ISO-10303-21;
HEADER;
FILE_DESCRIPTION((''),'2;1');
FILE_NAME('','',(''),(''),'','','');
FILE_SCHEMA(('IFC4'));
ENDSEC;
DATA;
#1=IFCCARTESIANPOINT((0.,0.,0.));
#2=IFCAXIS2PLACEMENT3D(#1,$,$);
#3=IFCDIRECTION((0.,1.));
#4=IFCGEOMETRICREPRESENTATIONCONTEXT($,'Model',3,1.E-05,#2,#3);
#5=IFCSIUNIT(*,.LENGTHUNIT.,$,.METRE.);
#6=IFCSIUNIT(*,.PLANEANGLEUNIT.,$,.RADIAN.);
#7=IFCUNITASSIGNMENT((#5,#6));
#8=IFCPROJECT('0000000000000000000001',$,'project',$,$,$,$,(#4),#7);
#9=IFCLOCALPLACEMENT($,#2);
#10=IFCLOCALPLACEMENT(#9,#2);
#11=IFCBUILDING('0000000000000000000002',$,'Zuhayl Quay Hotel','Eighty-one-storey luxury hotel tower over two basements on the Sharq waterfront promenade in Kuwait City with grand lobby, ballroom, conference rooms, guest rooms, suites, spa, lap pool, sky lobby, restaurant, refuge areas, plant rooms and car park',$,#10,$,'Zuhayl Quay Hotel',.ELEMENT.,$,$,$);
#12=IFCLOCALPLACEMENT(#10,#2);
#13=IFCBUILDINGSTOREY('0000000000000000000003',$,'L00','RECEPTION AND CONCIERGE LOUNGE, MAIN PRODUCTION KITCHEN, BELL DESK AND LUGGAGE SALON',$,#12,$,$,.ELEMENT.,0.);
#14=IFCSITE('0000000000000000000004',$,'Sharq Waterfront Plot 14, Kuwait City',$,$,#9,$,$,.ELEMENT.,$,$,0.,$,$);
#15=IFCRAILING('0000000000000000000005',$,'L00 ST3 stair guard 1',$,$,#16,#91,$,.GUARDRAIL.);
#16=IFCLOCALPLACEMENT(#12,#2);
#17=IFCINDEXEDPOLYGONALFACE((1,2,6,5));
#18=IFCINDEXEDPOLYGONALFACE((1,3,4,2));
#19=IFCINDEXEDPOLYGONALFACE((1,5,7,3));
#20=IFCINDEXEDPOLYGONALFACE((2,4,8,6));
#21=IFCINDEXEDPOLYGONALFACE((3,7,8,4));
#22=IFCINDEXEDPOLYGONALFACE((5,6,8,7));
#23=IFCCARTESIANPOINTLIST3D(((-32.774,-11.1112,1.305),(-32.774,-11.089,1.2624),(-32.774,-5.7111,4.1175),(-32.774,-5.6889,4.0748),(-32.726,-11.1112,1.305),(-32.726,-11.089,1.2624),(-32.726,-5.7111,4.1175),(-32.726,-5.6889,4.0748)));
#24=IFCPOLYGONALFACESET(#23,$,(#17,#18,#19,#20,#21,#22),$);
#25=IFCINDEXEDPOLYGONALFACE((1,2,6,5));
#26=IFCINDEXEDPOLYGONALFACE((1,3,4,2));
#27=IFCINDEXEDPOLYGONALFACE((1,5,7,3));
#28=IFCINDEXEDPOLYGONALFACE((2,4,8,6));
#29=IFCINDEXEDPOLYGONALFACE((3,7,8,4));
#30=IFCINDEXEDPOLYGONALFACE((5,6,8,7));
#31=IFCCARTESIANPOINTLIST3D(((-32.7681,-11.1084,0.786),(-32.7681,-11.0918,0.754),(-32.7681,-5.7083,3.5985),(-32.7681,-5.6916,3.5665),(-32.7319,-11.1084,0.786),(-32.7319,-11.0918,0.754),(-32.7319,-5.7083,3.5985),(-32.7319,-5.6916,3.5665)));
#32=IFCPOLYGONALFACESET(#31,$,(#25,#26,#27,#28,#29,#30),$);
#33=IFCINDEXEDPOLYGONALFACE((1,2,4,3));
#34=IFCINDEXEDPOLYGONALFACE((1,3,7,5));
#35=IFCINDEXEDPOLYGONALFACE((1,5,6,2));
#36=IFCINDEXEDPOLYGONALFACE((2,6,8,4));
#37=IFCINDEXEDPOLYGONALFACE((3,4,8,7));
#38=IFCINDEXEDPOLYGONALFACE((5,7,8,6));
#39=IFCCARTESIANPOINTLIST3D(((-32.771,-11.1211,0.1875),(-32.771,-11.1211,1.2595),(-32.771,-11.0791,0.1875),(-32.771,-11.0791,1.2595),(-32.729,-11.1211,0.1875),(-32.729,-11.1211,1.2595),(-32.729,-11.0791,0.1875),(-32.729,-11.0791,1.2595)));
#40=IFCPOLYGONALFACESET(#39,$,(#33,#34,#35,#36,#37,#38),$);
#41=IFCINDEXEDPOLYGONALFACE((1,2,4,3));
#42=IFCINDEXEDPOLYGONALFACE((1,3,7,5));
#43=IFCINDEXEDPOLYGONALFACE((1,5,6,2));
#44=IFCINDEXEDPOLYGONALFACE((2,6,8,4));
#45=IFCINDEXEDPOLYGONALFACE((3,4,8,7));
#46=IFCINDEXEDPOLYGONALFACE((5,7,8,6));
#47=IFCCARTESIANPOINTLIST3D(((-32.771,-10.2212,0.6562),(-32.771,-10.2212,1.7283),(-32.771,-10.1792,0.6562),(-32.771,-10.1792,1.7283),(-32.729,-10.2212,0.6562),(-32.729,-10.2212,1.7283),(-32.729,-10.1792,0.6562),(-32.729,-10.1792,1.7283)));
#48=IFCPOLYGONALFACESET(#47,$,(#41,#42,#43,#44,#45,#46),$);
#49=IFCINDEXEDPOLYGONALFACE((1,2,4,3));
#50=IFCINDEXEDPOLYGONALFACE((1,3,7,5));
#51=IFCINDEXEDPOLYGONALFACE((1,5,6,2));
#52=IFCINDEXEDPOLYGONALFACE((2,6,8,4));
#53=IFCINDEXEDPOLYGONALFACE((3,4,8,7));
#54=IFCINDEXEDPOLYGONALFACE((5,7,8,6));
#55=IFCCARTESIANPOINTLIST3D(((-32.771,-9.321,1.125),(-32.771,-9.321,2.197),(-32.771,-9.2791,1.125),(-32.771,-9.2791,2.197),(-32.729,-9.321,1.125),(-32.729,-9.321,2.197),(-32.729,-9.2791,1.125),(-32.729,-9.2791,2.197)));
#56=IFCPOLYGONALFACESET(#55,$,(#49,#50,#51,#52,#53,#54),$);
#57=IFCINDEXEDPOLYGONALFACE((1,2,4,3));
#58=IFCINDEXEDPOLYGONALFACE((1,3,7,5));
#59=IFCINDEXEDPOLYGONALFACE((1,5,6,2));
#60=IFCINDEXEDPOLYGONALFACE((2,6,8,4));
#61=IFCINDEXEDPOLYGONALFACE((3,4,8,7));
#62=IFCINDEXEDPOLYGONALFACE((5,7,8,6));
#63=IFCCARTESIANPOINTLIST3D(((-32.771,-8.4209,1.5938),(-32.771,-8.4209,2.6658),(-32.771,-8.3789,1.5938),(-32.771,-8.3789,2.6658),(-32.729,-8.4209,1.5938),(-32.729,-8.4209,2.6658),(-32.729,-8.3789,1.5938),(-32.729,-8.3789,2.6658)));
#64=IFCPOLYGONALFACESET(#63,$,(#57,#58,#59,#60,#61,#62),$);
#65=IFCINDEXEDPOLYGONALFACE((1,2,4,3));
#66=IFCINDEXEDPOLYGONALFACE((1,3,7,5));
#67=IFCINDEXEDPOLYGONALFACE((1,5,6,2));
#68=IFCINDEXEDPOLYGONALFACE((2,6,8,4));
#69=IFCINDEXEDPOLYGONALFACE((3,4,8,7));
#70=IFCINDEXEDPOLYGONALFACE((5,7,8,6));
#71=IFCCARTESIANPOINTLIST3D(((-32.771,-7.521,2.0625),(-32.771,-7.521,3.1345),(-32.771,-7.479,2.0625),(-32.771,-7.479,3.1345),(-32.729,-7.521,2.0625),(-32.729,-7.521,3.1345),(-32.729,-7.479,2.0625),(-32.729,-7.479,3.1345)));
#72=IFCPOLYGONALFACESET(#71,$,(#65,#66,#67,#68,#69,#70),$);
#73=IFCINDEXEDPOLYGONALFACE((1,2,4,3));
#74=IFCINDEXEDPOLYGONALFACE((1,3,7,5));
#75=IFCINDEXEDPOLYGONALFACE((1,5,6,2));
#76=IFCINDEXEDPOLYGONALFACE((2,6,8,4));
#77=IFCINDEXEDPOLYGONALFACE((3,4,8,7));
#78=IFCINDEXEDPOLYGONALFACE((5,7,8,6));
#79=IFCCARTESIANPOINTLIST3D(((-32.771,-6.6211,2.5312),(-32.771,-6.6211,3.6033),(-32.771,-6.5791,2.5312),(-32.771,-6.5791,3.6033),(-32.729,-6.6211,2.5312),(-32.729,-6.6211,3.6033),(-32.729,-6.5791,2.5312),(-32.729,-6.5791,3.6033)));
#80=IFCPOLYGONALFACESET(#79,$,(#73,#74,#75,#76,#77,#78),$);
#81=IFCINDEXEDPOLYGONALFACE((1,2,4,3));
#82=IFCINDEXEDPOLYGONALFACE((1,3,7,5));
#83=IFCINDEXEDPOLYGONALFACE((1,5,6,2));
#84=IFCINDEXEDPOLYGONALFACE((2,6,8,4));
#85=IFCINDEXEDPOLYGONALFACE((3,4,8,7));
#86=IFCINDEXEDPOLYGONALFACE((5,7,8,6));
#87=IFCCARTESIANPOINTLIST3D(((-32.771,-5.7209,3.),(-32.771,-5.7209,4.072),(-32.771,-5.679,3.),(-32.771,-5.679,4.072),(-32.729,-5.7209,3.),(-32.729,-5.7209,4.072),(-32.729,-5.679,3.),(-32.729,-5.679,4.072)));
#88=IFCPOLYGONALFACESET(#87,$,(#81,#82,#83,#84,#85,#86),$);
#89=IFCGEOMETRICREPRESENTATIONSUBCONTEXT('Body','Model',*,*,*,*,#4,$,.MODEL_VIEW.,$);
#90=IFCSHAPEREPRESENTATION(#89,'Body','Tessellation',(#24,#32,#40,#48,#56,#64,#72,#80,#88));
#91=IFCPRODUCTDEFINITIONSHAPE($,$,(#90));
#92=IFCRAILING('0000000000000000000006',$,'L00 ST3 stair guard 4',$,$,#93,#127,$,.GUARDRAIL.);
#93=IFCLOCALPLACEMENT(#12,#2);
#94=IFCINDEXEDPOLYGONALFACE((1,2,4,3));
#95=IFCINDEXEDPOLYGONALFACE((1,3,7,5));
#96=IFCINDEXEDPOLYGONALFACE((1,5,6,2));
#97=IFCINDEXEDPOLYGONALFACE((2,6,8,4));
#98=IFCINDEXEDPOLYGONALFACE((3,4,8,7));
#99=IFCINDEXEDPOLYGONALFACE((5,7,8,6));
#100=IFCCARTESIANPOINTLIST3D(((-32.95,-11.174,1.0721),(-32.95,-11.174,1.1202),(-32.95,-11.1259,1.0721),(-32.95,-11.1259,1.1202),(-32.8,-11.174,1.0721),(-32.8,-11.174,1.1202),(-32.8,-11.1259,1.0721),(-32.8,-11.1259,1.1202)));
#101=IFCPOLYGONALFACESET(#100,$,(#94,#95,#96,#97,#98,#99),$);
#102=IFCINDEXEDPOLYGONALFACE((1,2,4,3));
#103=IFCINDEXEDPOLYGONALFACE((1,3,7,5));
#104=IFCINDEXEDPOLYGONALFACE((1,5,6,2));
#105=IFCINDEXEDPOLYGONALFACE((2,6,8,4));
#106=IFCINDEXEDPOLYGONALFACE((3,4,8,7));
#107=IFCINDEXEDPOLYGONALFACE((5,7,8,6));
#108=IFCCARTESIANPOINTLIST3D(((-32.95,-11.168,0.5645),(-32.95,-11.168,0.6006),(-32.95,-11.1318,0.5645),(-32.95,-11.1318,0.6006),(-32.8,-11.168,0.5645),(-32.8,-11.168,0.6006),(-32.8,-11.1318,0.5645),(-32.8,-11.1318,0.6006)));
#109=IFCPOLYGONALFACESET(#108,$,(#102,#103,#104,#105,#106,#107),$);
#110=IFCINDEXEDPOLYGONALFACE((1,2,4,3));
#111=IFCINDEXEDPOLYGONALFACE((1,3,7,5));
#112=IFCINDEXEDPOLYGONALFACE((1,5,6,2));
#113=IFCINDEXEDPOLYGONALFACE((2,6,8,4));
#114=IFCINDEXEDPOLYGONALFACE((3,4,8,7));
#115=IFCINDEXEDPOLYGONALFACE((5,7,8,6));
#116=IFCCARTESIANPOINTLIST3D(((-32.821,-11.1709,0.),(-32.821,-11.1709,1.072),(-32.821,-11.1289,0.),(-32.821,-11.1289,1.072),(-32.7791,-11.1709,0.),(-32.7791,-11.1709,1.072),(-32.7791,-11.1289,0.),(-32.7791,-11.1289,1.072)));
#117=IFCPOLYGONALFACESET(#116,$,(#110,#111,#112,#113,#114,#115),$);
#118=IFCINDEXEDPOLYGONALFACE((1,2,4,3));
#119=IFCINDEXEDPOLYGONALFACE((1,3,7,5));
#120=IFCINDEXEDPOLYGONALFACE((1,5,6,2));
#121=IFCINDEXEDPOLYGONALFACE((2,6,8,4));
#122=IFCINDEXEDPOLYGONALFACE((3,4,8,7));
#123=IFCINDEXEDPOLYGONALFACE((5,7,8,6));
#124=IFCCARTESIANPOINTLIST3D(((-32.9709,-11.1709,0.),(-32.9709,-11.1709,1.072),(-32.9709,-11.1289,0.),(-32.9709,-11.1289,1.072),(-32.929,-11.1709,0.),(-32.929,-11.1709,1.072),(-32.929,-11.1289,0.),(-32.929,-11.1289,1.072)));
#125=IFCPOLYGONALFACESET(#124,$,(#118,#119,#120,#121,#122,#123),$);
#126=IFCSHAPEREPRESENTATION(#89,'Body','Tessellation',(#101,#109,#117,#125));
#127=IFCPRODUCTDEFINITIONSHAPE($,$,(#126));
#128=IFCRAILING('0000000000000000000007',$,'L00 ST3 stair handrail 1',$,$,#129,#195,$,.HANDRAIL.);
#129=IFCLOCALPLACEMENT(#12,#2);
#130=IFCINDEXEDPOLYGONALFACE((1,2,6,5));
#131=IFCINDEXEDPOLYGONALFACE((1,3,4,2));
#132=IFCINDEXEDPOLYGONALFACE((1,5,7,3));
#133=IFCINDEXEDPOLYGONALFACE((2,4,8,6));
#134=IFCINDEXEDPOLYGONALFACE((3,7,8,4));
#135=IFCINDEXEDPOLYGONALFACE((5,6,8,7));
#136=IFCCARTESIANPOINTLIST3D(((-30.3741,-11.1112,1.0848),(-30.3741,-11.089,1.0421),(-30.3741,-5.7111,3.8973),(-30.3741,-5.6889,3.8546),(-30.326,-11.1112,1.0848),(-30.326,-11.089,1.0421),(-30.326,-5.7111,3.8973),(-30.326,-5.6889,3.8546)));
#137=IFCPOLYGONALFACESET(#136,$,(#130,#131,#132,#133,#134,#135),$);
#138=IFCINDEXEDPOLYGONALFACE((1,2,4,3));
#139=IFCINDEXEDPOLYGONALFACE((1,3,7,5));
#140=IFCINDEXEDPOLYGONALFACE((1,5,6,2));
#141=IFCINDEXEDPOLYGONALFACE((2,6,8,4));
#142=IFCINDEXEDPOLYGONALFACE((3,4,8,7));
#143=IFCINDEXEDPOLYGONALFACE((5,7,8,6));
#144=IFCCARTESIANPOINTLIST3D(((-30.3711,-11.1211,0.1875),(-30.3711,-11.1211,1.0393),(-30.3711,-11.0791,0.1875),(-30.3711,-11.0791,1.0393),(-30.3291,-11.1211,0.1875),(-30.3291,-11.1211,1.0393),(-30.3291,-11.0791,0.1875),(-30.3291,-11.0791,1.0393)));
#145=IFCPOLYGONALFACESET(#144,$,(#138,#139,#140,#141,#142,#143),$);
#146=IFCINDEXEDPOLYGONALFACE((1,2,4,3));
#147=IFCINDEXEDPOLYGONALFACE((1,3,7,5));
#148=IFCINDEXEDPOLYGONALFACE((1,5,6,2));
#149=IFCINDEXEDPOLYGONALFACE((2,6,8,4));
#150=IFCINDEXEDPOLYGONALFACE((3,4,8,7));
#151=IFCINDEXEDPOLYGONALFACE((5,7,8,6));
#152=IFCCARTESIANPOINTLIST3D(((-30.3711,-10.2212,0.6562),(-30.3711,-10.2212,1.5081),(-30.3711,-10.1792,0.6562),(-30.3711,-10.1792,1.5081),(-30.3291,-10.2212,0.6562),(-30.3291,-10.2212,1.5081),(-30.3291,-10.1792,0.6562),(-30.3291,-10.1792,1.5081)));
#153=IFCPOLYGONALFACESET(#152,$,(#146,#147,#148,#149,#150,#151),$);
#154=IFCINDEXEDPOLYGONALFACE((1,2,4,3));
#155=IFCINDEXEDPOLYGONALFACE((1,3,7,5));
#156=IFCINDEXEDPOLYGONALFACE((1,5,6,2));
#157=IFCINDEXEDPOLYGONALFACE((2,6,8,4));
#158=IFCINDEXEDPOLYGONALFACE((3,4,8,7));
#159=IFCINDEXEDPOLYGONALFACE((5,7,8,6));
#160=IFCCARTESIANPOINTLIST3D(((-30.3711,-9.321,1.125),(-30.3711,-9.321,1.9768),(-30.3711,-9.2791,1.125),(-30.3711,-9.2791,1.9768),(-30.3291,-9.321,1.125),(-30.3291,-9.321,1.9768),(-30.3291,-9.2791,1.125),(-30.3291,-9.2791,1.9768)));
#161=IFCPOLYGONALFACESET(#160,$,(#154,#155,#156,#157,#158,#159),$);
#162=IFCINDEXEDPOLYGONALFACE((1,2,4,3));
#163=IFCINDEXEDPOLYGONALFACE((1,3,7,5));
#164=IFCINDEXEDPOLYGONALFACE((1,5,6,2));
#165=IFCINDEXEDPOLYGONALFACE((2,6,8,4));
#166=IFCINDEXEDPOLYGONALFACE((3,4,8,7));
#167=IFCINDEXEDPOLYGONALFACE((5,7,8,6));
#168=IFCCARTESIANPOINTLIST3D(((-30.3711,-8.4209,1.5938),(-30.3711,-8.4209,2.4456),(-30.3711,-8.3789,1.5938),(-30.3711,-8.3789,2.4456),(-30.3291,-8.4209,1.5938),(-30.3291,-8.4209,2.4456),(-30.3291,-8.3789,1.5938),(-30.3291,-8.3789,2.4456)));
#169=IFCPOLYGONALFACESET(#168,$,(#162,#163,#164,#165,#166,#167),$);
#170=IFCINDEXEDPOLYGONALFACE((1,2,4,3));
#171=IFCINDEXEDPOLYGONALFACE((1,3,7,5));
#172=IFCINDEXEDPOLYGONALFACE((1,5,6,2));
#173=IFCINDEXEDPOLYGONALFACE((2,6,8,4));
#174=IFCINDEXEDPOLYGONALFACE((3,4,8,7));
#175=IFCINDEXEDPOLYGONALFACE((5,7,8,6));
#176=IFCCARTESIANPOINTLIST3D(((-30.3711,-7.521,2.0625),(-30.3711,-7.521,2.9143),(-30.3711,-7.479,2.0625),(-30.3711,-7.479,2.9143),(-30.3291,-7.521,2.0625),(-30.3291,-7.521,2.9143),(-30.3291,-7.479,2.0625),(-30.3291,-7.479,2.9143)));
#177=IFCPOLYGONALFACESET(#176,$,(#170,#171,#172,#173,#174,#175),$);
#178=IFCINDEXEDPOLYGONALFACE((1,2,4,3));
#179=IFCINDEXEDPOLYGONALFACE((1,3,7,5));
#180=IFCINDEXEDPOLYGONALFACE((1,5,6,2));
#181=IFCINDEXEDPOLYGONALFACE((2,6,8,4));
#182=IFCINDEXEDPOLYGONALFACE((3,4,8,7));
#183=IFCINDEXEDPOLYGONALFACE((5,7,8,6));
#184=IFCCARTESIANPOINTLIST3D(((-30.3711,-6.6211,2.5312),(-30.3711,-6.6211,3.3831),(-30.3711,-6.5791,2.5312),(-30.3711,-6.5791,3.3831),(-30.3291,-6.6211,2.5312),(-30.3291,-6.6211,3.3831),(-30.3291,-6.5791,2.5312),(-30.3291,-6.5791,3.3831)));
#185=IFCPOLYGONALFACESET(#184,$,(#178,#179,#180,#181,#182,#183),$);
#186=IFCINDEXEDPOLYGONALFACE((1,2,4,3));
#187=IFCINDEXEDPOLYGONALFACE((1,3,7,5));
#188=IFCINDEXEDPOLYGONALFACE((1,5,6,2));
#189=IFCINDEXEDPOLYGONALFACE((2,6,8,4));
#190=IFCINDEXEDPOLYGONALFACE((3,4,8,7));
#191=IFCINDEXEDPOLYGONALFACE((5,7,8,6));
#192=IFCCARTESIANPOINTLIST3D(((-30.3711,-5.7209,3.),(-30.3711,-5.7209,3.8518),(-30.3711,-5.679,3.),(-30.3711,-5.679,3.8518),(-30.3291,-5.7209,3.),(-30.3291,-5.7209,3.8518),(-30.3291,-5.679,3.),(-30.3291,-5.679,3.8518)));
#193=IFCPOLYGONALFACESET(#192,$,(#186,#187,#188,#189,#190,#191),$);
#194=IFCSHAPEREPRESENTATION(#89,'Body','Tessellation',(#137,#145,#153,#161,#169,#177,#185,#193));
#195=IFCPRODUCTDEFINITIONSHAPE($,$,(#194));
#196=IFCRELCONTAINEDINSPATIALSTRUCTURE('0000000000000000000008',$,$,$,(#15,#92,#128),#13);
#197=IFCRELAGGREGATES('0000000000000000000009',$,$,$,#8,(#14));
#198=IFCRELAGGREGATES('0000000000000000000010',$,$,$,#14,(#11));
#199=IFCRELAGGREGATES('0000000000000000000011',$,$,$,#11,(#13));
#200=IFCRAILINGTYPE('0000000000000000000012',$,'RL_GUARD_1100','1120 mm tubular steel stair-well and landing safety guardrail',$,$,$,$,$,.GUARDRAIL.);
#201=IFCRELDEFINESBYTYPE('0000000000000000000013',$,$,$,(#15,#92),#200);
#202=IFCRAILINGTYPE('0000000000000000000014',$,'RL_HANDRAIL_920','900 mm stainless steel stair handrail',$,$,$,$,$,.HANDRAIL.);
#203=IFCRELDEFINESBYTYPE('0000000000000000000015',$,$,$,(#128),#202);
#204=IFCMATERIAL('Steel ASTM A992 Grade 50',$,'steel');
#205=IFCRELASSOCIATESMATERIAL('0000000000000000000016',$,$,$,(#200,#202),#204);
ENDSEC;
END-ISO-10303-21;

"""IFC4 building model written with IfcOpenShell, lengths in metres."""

from ifc_helpers import new_model, si_unit, direction, frame, origin, origin_2d, place, context, subcontext, project, spatial, rectangle, extrude, material, type_object, element, save


model = new_model("IFC4")

# Units and contexts
model_context = context("Model", 3, precision=1e-05, world=origin(), true_north=direction((0.0, 1.0)))
body_context = subcontext(model_context, "Body", "Model", "MODEL_VIEW")
ifc_project = project(units=[si_unit("LENGTHUNIT", "METRE"), si_unit("PLANEANGLEUNIT", "RADIAN")], contexts=[model_context])

# Site, building, storey
site_placement = place(None, origin())
site = spatial("IfcSite", under=ifc_project, at=site_placement, Name="Sharq Waterfront Plot 14, Kuwait City", CompositionType="ELEMENT", RefElevation=0.0)
building_placement = place(site_placement, origin())
building = spatial("IfcBuilding", under=site, at=building_placement, Name="Zuhayl Quay Hotel", Description="Eighty-one-storey luxury hotel tower over two basements on the Sharq waterfront promenade in Kuwait City with grand lobby, ballroom, conference rooms, guest rooms, suites, spa, lap pool, sky lobby, restaurant, refuge areas, plant rooms and car park", LongName="Zuhayl Quay Hotel", CompositionType="ELEMENT")
storey_placement = place(building_placement, origin())
storey = spatial("IfcBuildingStorey", under=building, at=storey_placement, Name="L00", Description="RECEPTION AND CONCIERGE LOUNGE, MAIN PRODUCTION KITCHEN, BELL DESK AND LUGGAGE SALON", CompositionType="ELEMENT", Elevation=0.0)

# Shared definitions
ifc_material_1 = material(Name="Steel ASTM A992 Grade 50", Category="steel")

# Railings
railing_type_1 = type_object("IfcRailingType", Name="RL_GUARD_1100", Description="1120 mm tubular steel stair-well and landing safety guardrail", PredefinedType="GUARDRAIL", material=ifc_material_1)
railing_1_placement = place(storey_placement, frame((-32.75, -11.1001, 0.1875)))
element("IfcRailing", 1, at=railing_1_placement, inside=storey, type_object=railing_type_1, Name="L00 ST3 stair guard 1", PredefinedType="GUARDRAIL", context=body_context, shape_type="SweptSolid", body=[
    extrude(rectangle(XDim=0.0481, YDim=0.0481, at=origin_2d()), frame((0.0, 0.0, 1.0962), z_axis=(0.0, 0.886919, 0.461925), x_axis=(-1.0, 0.0, 0.0)), (0.0, 0.0, 1.0), 6.0886),
    extrude(rectangle(XDim=0.0361, YDim=0.0361, at=origin_2d()), frame((0.0, 0.0, 0.5825), z_axis=(0.0, 0.886919, 0.461925), x_axis=(-1.0, 0.0, 0.0)), (0.0, 0.0, 1.0), 6.0886),
    extrude(rectangle(XDim=0.042, YDim=0.042, at=origin_2d()), origin(), (0.0, 0.0, 1.0), 1.072),
    extrude(rectangle(XDim=0.042, YDim=0.042, at=origin_2d()), frame((0.0, 0.8999, 0.4688)), (0.0, 0.0, 1.0), 1.072),
    extrude(rectangle(XDim=0.042, YDim=0.042, at=origin_2d()), frame((0.0, 1.8, 0.9375)), (0.0, 0.0, 1.0), 1.072),
    extrude(rectangle(XDim=0.042, YDim=0.042, at=origin_2d()), frame((0.0, 2.7002, 1.4062)), (0.0, 0.0, 1.0), 1.072),
    extrude(rectangle(XDim=0.042, YDim=0.042, at=origin_2d()), frame((0.0, 3.6001, 1.875)), (0.0, 0.0, 1.0), 1.072),
    extrude(rectangle(XDim=0.042, YDim=0.042, at=origin_2d()), frame((0.0, 4.5, 2.3438)), (0.0, 0.0, 1.0), 1.072),
    extrude(rectangle(XDim=0.042, YDim=0.042, at=origin_2d()), frame((0.0, 5.4001, 2.8125)), (0.0, 0.0, 1.0), 1.072),
])
railing_2_placement = place(storey_placement, frame((-32.8, -11.1499, 0.0)))
element("IfcRailing", 2, at=railing_2_placement, inside=storey, type_object=railing_type_1, Name="L00 ST3 stair guard 4", PredefinedType="GUARDRAIL", context=body_context, shape_type="SweptSolid", body=[
    extrude(rectangle(XDim=0.0481, YDim=0.0481, at=origin_2d()), frame((0.0, 0.0, 1.0962), z_axis=(-1.0, 0.0, 0.0), x_axis=(0.0, -1.0, 0.0)), (0.0, 0.0, 1.0), 0.1499),
    extrude(rectangle(XDim=0.0361, YDim=0.0361, at=origin_2d()), frame((0.0, 0.0, 0.5825), z_axis=(-1.0, 0.0, 0.0), x_axis=(0.0, -1.0, 0.0)), (0.0, 0.0, 1.0), 0.1499),
    extrude(rectangle(XDim=0.042, YDim=0.042, at=origin_2d()), origin(), (0.0, 0.0, 1.0), 1.072),
    extrude(rectangle(XDim=0.042, YDim=0.042, at=origin_2d()), frame((-0.1499, 0.0, 0.0)), (0.0, 0.0, 1.0), 1.072),
])
railing_type_2 = type_object("IfcRailingType", Name="RL_HANDRAIL_920", Description="900 mm stainless steel stair handrail", PredefinedType="HANDRAIL", material=ifc_material_1)
railing_3_placement = place(storey_placement, frame((-30.3501, -11.1001, 0.1875)))
element("IfcRailing", 3, at=railing_3_placement, inside=storey, type_object=railing_type_2, Name="L00 ST3 stair handrail 1", PredefinedType="HANDRAIL", context=body_context, shape_type="SweptSolid", body=[
    extrude(rectangle(XDim=0.0481, YDim=0.0481, at=origin_2d()), frame((0.0, 0.0, 0.876), z_axis=(0.0, 0.886919, 0.461925), x_axis=(-1.0, 0.0, 0.0)), (0.0, 0.0, 1.0), 6.0886),
    extrude(rectangle(XDim=0.042, YDim=0.042, at=origin_2d()), origin(), (0.0, 0.0, 1.0), 0.8518),
    extrude(rectangle(XDim=0.042, YDim=0.042, at=origin_2d()), frame((0.0, 0.8999, 0.4688)), (0.0, 0.0, 1.0), 0.8518),
    extrude(rectangle(XDim=0.042, YDim=0.042, at=origin_2d()), frame((0.0, 1.8, 0.9375)), (0.0, 0.0, 1.0), 0.8518),
    extrude(rectangle(XDim=0.042, YDim=0.042, at=origin_2d()), frame((0.0, 2.7002, 1.4062)), (0.0, 0.0, 1.0), 0.8518),
    extrude(rectangle(XDim=0.042, YDim=0.042, at=origin_2d()), frame((0.0, 3.6001, 1.875)), (0.0, 0.0, 1.0), 0.8518),
    extrude(rectangle(XDim=0.042, YDim=0.042, at=origin_2d()), frame((0.0, 4.5, 2.3438)), (0.0, 0.0, 1.0), 0.8518),
    extrude(rectangle(XDim=0.042, YDim=0.042, at=origin_2d()), frame((0.0, 5.4001, 2.8125)), (0.0, 0.0, 1.0), 0.8518),
])

save(model, "model.ifc")
